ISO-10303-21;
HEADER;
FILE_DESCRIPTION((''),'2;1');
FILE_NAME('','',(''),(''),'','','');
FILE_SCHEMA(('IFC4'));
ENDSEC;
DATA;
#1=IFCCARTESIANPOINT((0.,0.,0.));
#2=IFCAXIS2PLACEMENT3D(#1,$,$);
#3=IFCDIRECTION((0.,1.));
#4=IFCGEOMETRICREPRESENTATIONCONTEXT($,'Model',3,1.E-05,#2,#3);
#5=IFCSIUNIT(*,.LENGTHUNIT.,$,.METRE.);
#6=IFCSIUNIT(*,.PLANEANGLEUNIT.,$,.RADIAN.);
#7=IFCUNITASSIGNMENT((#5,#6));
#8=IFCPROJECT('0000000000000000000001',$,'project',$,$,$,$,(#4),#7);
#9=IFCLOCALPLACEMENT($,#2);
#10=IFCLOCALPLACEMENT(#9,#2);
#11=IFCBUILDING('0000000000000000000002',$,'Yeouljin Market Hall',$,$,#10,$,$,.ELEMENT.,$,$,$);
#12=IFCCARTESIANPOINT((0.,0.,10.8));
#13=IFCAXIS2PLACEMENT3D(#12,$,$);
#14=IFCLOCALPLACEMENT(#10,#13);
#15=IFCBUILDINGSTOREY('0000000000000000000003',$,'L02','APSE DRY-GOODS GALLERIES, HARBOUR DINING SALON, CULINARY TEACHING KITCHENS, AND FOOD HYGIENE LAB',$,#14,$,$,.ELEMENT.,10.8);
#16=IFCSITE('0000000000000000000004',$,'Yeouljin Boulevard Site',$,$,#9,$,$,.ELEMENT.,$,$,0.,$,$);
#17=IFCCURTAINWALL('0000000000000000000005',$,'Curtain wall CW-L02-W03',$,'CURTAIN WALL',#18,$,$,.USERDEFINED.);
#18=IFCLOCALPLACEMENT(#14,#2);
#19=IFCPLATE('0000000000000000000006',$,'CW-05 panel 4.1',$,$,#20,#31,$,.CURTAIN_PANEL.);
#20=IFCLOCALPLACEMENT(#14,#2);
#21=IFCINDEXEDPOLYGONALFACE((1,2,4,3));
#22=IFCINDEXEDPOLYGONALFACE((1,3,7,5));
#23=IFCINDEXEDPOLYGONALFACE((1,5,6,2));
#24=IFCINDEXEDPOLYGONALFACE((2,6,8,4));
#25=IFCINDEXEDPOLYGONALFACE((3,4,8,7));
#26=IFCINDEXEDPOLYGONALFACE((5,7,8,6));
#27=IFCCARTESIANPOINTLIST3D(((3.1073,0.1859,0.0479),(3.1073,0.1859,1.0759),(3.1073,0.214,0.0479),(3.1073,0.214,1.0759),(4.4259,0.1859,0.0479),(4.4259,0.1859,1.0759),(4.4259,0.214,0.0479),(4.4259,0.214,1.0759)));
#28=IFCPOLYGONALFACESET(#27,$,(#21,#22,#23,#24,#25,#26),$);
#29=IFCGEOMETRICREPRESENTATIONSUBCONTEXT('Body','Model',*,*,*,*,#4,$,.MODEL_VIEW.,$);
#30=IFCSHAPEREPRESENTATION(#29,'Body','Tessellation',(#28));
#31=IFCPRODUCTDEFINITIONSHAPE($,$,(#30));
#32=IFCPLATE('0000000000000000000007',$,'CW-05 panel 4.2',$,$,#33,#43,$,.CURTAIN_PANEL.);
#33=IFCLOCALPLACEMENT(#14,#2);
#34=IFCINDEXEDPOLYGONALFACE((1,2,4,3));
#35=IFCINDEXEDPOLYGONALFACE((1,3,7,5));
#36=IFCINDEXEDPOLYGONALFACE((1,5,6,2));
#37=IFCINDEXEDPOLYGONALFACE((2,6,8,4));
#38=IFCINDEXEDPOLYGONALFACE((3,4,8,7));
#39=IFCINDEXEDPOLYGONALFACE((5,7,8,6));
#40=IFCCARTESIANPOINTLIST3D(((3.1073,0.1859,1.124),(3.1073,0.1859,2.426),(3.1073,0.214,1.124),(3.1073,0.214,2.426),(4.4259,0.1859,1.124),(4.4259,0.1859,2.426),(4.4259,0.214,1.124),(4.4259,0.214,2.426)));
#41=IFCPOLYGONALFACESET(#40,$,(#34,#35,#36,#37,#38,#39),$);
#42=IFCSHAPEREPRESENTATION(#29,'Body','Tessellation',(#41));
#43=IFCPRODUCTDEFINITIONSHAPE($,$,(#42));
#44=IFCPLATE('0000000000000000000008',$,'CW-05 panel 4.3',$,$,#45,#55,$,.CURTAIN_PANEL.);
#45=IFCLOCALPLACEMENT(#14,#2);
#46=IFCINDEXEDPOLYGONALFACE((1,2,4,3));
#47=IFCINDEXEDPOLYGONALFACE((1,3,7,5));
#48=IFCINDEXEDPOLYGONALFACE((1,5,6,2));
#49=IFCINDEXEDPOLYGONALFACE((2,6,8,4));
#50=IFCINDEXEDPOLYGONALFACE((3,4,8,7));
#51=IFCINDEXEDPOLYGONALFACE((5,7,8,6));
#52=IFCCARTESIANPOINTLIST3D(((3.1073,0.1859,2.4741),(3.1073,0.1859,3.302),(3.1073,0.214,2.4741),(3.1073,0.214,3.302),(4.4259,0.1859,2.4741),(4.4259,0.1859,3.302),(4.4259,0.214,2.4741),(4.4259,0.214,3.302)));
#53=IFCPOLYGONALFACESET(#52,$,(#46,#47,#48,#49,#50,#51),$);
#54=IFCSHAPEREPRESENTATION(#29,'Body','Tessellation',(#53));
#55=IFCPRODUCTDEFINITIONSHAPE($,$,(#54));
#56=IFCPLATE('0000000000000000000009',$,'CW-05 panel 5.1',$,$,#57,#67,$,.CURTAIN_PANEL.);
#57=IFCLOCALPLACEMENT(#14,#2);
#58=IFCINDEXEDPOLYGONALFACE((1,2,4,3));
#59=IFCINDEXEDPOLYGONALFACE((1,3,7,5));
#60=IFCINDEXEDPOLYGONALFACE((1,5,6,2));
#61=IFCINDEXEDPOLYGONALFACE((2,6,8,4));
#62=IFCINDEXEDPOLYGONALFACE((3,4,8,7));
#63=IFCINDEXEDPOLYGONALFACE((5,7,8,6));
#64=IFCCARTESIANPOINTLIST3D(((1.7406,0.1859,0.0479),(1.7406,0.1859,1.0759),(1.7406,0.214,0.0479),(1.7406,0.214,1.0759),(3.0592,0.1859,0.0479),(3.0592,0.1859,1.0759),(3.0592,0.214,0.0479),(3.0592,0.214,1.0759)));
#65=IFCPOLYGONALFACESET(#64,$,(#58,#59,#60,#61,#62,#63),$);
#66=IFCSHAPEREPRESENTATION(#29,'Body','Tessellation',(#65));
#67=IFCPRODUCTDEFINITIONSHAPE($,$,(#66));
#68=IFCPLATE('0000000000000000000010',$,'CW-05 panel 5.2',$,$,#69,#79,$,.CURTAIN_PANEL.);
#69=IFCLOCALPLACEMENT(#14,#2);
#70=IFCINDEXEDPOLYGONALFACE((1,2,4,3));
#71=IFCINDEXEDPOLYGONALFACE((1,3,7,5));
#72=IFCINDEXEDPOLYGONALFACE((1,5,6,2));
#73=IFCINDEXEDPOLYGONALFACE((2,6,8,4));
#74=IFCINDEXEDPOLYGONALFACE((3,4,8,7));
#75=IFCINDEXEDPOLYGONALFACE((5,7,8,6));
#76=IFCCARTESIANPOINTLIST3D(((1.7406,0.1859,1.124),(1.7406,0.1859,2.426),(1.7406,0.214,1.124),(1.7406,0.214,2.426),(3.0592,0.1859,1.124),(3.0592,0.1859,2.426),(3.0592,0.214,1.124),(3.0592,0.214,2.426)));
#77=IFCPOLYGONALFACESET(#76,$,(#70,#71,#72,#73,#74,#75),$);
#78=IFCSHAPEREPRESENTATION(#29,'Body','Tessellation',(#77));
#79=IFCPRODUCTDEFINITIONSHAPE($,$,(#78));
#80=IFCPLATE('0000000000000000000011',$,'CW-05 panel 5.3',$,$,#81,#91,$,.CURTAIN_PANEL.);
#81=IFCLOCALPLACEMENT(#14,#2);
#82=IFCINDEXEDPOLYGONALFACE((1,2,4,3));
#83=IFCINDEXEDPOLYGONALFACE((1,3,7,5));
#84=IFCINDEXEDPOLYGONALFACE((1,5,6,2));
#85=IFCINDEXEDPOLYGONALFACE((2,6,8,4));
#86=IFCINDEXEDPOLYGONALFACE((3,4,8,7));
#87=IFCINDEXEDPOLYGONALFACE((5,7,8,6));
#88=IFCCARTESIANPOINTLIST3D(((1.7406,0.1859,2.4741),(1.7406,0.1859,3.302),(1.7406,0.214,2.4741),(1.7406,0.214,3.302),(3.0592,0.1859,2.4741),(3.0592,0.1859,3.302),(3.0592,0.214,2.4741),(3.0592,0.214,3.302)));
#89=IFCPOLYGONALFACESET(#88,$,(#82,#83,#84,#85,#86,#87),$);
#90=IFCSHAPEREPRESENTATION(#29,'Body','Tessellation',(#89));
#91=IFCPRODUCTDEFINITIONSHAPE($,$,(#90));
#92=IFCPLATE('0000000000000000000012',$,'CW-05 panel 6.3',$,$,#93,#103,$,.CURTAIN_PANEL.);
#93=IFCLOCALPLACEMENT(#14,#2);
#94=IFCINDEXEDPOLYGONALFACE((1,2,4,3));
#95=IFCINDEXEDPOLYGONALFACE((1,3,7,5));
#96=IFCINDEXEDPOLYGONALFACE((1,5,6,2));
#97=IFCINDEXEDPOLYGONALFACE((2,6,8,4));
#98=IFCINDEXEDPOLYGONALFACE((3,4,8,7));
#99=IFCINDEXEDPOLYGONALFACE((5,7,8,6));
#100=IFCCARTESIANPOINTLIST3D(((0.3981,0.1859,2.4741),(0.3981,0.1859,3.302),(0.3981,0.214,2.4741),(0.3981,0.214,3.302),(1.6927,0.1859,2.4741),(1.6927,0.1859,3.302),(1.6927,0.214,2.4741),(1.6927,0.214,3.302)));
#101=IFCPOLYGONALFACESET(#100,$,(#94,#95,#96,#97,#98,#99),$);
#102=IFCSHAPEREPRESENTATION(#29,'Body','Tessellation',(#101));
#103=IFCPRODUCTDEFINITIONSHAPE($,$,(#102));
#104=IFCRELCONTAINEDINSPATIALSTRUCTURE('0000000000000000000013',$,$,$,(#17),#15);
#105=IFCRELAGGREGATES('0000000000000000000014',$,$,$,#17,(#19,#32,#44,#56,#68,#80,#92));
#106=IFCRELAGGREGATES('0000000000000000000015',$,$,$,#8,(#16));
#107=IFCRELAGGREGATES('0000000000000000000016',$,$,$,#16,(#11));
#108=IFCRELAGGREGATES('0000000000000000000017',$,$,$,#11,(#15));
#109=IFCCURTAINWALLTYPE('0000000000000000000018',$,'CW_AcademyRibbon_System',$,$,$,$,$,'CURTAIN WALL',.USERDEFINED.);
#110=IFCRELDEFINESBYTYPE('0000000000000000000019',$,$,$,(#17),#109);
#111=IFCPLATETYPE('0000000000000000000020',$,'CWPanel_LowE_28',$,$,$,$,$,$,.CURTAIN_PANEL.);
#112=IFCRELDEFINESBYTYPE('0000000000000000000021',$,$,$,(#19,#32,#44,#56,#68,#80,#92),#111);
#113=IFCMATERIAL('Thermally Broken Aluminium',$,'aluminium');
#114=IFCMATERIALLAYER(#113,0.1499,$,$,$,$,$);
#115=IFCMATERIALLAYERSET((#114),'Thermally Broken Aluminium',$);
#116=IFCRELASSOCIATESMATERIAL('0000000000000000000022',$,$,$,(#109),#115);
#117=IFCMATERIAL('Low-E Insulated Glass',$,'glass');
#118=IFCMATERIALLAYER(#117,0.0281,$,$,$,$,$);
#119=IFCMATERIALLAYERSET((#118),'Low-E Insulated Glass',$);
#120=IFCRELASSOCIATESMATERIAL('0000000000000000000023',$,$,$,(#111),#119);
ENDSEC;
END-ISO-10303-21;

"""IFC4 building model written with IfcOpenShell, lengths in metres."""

from ifc_helpers import new_model, si_unit, direction, frame, origin, origin_2d, place, context, subcontext, project, spatial, rectangle, extrude, material, layer, layer_set, type_object, element, aggregate, save


model = new_model("IFC4")

# Units and contexts
model_context = context("Model", 3, precision=1e-05, world=origin(), true_north=direction((0.0, 1.0)))
body_context = subcontext(model_context, "Body", "Model", "MODEL_VIEW")
ifc_project = project(units=[si_unit("LENGTHUNIT", "METRE"), si_unit("PLANEANGLEUNIT", "RADIAN")], contexts=[model_context])

# Site, building, storey
site_placement = place(None, origin())
site = spatial("IfcSite", under=ifc_project, at=site_placement, Name="Yeouljin Boulevard Site", CompositionType="ELEMENT", RefElevation=0.0)
building_placement = place(site_placement, origin())
building = spatial("IfcBuilding", under=site, at=building_placement, Name="Yeouljin Market Hall", CompositionType="ELEMENT")
storey_placement = place(building_placement, frame((0.0, 0.0, 10.8)))
storey = spatial("IfcBuildingStorey", under=building, at=storey_placement, Name="L02", Description="APSE DRY-GOODS GALLERIES, HARBOUR DINING SALON, CULINARY TEACHING KITCHENS, AND FOOD HYGIENE LAB", CompositionType="ELEMENT", Elevation=10.8)

# Curtain wall, plates
ifc_material_1 = material(Name="Thermally Broken Aluminium", Category="aluminium")
ifc_layer_1 = layer(ifc_material_1, 0.1499)
ifc_layer_set_1 = layer_set([ifc_layer_1], Name="Thermally Broken Aluminium")
curtain_wall_type = type_object("IfcCurtainWallType", Name="CW_AcademyRibbon_System", ElementType="CURTAIN WALL", PredefinedType="USERDEFINED", material=ifc_layer_set_1)
curtain_wall_placement = place(storey_placement, origin())
curtain_wall = element("IfcCurtainWall", 1, at=curtain_wall_placement, inside=storey, type_object=curtain_wall_type, Name="Curtain wall CW-L02-W03", ObjectType="CURTAIN WALL", PredefinedType="USERDEFINED")
ifc_material_2 = material(Name="Low-E Insulated Glass", Category="glass")
ifc_layer_2 = layer(ifc_material_2, 0.0281)
ifc_layer_set_2 = layer_set([ifc_layer_2], Name="Low-E Insulated Glass")
plate_type = type_object("IfcPlateType", Name="CWPanel_LowE_28", PredefinedType="CURTAIN_PANEL", material=ifc_layer_set_2)
plate_1_placement = place(storey_placement, frame((3.7666, 0.2, 0.0479), z_axis=(0.0, 0.0, 1.0), x_axis=(-1.0, 0.0, 0.0)))
plate_1 = element("IfcPlate", 2, at=plate_1_placement, type_object=plate_type, Name="CW-05 panel 4.1", PredefinedType="CURTAIN_PANEL", context=body_context, shape_type="SweptSolid", body=[
    extrude(rectangle(XDim=1.3186, YDim=0.0281, at=origin_2d()), origin(), (0.0, 0.0, 1.0), 1.0281),
])
plate_2_placement = place(storey_placement, frame((3.7666, 0.2, 1.124), z_axis=(0.0, 0.0, 1.0), x_axis=(-1.0, 0.0, 0.0)))
plate_2 = element("IfcPlate", 3, at=plate_2_placement, type_object=plate_type, Name="CW-05 panel 4.2", PredefinedType="CURTAIN_PANEL", context=body_context, shape_type="SweptSolid", body=[
    extrude(rectangle(XDim=1.3186, YDim=0.0281, at=origin_2d()), origin(), (0.0, 0.0, 1.0), 1.302),
])
plate_3_placement = place(storey_placement, frame((3.7666, 0.2, 2.4741), z_axis=(0.0, 0.0, 1.0), x_axis=(-1.0, 0.0, 0.0)))
plate_3 = element("IfcPlate", 4, at=plate_3_placement, type_object=plate_type, Name="CW-05 panel 4.3", PredefinedType="CURTAIN_PANEL", context=body_context, shape_type="SweptSolid", body=[
    extrude(rectangle(XDim=1.3186, YDim=0.0281, at=origin_2d()), origin(), (0.0, 0.0, 1.0), 0.8279),
])
plate_4_placement = place(storey_placement, frame((2.3999, 0.2, 0.0479), z_axis=(0.0, 0.0, 1.0), x_axis=(-1.0, 0.0, 0.0)))
plate_4 = element("IfcPlate", 5, at=plate_4_placement, type_object=plate_type, Name="CW-05 panel 5.1", PredefinedType="CURTAIN_PANEL", context=body_context, shape_type="SweptSolid", body=[
    extrude(rectangle(XDim=1.3186, YDim=0.0281, at=origin_2d()), origin(), (0.0, 0.0, 1.0), 1.0281),
])
plate_5_placement = place(storey_placement, frame((2.3999, 0.2, 1.124), z_axis=(0.0, 0.0, 1.0), x_axis=(-1.0, 0.0, 0.0)))
plate_5 = element("IfcPlate", 6, at=plate_5_placement, type_object=plate_type, Name="CW-05 panel 5.2", PredefinedType="CURTAIN_PANEL", context=body_context, shape_type="SweptSolid", body=[
    extrude(rectangle(XDim=1.3186, YDim=0.0281, at=origin_2d()), origin(), (0.0, 0.0, 1.0), 1.302),
])
plate_6_placement = place(storey_placement, frame((2.3999, 0.2, 2.4741), z_axis=(0.0, 0.0, 1.0), x_axis=(-1.0, 0.0, 0.0)))
plate_6 = element("IfcPlate", 7, at=plate_6_placement, type_object=plate_type, Name="CW-05 panel 5.3", PredefinedType="CURTAIN_PANEL", context=body_context, shape_type="SweptSolid", body=[
    extrude(rectangle(XDim=1.3186, YDim=0.0281, at=origin_2d()), origin(), (0.0, 0.0, 1.0), 0.8279),
])
plate_7_placement = place(storey_placement, frame((1.0454, 0.2, 2.4741), z_axis=(0.0, 0.0, 1.0), x_axis=(-1.0, 0.0, 0.0)))
plate_7 = element("IfcPlate", 8, at=plate_7_placement, type_object=plate_type, Name="CW-05 panel 6.3", PredefinedType="CURTAIN_PANEL", context=body_context, shape_type="SweptSolid", body=[
    extrude(rectangle(XDim=1.2947, YDim=0.0281, at=origin_2d()), origin(), (0.0, 0.0, 1.0), 0.8279),
])
aggregate(curtain_wall, [plate_1, plate_2, plate_3, plate_4, plate_5, plate_6, plate_7])

save(model, "model.ifc")
